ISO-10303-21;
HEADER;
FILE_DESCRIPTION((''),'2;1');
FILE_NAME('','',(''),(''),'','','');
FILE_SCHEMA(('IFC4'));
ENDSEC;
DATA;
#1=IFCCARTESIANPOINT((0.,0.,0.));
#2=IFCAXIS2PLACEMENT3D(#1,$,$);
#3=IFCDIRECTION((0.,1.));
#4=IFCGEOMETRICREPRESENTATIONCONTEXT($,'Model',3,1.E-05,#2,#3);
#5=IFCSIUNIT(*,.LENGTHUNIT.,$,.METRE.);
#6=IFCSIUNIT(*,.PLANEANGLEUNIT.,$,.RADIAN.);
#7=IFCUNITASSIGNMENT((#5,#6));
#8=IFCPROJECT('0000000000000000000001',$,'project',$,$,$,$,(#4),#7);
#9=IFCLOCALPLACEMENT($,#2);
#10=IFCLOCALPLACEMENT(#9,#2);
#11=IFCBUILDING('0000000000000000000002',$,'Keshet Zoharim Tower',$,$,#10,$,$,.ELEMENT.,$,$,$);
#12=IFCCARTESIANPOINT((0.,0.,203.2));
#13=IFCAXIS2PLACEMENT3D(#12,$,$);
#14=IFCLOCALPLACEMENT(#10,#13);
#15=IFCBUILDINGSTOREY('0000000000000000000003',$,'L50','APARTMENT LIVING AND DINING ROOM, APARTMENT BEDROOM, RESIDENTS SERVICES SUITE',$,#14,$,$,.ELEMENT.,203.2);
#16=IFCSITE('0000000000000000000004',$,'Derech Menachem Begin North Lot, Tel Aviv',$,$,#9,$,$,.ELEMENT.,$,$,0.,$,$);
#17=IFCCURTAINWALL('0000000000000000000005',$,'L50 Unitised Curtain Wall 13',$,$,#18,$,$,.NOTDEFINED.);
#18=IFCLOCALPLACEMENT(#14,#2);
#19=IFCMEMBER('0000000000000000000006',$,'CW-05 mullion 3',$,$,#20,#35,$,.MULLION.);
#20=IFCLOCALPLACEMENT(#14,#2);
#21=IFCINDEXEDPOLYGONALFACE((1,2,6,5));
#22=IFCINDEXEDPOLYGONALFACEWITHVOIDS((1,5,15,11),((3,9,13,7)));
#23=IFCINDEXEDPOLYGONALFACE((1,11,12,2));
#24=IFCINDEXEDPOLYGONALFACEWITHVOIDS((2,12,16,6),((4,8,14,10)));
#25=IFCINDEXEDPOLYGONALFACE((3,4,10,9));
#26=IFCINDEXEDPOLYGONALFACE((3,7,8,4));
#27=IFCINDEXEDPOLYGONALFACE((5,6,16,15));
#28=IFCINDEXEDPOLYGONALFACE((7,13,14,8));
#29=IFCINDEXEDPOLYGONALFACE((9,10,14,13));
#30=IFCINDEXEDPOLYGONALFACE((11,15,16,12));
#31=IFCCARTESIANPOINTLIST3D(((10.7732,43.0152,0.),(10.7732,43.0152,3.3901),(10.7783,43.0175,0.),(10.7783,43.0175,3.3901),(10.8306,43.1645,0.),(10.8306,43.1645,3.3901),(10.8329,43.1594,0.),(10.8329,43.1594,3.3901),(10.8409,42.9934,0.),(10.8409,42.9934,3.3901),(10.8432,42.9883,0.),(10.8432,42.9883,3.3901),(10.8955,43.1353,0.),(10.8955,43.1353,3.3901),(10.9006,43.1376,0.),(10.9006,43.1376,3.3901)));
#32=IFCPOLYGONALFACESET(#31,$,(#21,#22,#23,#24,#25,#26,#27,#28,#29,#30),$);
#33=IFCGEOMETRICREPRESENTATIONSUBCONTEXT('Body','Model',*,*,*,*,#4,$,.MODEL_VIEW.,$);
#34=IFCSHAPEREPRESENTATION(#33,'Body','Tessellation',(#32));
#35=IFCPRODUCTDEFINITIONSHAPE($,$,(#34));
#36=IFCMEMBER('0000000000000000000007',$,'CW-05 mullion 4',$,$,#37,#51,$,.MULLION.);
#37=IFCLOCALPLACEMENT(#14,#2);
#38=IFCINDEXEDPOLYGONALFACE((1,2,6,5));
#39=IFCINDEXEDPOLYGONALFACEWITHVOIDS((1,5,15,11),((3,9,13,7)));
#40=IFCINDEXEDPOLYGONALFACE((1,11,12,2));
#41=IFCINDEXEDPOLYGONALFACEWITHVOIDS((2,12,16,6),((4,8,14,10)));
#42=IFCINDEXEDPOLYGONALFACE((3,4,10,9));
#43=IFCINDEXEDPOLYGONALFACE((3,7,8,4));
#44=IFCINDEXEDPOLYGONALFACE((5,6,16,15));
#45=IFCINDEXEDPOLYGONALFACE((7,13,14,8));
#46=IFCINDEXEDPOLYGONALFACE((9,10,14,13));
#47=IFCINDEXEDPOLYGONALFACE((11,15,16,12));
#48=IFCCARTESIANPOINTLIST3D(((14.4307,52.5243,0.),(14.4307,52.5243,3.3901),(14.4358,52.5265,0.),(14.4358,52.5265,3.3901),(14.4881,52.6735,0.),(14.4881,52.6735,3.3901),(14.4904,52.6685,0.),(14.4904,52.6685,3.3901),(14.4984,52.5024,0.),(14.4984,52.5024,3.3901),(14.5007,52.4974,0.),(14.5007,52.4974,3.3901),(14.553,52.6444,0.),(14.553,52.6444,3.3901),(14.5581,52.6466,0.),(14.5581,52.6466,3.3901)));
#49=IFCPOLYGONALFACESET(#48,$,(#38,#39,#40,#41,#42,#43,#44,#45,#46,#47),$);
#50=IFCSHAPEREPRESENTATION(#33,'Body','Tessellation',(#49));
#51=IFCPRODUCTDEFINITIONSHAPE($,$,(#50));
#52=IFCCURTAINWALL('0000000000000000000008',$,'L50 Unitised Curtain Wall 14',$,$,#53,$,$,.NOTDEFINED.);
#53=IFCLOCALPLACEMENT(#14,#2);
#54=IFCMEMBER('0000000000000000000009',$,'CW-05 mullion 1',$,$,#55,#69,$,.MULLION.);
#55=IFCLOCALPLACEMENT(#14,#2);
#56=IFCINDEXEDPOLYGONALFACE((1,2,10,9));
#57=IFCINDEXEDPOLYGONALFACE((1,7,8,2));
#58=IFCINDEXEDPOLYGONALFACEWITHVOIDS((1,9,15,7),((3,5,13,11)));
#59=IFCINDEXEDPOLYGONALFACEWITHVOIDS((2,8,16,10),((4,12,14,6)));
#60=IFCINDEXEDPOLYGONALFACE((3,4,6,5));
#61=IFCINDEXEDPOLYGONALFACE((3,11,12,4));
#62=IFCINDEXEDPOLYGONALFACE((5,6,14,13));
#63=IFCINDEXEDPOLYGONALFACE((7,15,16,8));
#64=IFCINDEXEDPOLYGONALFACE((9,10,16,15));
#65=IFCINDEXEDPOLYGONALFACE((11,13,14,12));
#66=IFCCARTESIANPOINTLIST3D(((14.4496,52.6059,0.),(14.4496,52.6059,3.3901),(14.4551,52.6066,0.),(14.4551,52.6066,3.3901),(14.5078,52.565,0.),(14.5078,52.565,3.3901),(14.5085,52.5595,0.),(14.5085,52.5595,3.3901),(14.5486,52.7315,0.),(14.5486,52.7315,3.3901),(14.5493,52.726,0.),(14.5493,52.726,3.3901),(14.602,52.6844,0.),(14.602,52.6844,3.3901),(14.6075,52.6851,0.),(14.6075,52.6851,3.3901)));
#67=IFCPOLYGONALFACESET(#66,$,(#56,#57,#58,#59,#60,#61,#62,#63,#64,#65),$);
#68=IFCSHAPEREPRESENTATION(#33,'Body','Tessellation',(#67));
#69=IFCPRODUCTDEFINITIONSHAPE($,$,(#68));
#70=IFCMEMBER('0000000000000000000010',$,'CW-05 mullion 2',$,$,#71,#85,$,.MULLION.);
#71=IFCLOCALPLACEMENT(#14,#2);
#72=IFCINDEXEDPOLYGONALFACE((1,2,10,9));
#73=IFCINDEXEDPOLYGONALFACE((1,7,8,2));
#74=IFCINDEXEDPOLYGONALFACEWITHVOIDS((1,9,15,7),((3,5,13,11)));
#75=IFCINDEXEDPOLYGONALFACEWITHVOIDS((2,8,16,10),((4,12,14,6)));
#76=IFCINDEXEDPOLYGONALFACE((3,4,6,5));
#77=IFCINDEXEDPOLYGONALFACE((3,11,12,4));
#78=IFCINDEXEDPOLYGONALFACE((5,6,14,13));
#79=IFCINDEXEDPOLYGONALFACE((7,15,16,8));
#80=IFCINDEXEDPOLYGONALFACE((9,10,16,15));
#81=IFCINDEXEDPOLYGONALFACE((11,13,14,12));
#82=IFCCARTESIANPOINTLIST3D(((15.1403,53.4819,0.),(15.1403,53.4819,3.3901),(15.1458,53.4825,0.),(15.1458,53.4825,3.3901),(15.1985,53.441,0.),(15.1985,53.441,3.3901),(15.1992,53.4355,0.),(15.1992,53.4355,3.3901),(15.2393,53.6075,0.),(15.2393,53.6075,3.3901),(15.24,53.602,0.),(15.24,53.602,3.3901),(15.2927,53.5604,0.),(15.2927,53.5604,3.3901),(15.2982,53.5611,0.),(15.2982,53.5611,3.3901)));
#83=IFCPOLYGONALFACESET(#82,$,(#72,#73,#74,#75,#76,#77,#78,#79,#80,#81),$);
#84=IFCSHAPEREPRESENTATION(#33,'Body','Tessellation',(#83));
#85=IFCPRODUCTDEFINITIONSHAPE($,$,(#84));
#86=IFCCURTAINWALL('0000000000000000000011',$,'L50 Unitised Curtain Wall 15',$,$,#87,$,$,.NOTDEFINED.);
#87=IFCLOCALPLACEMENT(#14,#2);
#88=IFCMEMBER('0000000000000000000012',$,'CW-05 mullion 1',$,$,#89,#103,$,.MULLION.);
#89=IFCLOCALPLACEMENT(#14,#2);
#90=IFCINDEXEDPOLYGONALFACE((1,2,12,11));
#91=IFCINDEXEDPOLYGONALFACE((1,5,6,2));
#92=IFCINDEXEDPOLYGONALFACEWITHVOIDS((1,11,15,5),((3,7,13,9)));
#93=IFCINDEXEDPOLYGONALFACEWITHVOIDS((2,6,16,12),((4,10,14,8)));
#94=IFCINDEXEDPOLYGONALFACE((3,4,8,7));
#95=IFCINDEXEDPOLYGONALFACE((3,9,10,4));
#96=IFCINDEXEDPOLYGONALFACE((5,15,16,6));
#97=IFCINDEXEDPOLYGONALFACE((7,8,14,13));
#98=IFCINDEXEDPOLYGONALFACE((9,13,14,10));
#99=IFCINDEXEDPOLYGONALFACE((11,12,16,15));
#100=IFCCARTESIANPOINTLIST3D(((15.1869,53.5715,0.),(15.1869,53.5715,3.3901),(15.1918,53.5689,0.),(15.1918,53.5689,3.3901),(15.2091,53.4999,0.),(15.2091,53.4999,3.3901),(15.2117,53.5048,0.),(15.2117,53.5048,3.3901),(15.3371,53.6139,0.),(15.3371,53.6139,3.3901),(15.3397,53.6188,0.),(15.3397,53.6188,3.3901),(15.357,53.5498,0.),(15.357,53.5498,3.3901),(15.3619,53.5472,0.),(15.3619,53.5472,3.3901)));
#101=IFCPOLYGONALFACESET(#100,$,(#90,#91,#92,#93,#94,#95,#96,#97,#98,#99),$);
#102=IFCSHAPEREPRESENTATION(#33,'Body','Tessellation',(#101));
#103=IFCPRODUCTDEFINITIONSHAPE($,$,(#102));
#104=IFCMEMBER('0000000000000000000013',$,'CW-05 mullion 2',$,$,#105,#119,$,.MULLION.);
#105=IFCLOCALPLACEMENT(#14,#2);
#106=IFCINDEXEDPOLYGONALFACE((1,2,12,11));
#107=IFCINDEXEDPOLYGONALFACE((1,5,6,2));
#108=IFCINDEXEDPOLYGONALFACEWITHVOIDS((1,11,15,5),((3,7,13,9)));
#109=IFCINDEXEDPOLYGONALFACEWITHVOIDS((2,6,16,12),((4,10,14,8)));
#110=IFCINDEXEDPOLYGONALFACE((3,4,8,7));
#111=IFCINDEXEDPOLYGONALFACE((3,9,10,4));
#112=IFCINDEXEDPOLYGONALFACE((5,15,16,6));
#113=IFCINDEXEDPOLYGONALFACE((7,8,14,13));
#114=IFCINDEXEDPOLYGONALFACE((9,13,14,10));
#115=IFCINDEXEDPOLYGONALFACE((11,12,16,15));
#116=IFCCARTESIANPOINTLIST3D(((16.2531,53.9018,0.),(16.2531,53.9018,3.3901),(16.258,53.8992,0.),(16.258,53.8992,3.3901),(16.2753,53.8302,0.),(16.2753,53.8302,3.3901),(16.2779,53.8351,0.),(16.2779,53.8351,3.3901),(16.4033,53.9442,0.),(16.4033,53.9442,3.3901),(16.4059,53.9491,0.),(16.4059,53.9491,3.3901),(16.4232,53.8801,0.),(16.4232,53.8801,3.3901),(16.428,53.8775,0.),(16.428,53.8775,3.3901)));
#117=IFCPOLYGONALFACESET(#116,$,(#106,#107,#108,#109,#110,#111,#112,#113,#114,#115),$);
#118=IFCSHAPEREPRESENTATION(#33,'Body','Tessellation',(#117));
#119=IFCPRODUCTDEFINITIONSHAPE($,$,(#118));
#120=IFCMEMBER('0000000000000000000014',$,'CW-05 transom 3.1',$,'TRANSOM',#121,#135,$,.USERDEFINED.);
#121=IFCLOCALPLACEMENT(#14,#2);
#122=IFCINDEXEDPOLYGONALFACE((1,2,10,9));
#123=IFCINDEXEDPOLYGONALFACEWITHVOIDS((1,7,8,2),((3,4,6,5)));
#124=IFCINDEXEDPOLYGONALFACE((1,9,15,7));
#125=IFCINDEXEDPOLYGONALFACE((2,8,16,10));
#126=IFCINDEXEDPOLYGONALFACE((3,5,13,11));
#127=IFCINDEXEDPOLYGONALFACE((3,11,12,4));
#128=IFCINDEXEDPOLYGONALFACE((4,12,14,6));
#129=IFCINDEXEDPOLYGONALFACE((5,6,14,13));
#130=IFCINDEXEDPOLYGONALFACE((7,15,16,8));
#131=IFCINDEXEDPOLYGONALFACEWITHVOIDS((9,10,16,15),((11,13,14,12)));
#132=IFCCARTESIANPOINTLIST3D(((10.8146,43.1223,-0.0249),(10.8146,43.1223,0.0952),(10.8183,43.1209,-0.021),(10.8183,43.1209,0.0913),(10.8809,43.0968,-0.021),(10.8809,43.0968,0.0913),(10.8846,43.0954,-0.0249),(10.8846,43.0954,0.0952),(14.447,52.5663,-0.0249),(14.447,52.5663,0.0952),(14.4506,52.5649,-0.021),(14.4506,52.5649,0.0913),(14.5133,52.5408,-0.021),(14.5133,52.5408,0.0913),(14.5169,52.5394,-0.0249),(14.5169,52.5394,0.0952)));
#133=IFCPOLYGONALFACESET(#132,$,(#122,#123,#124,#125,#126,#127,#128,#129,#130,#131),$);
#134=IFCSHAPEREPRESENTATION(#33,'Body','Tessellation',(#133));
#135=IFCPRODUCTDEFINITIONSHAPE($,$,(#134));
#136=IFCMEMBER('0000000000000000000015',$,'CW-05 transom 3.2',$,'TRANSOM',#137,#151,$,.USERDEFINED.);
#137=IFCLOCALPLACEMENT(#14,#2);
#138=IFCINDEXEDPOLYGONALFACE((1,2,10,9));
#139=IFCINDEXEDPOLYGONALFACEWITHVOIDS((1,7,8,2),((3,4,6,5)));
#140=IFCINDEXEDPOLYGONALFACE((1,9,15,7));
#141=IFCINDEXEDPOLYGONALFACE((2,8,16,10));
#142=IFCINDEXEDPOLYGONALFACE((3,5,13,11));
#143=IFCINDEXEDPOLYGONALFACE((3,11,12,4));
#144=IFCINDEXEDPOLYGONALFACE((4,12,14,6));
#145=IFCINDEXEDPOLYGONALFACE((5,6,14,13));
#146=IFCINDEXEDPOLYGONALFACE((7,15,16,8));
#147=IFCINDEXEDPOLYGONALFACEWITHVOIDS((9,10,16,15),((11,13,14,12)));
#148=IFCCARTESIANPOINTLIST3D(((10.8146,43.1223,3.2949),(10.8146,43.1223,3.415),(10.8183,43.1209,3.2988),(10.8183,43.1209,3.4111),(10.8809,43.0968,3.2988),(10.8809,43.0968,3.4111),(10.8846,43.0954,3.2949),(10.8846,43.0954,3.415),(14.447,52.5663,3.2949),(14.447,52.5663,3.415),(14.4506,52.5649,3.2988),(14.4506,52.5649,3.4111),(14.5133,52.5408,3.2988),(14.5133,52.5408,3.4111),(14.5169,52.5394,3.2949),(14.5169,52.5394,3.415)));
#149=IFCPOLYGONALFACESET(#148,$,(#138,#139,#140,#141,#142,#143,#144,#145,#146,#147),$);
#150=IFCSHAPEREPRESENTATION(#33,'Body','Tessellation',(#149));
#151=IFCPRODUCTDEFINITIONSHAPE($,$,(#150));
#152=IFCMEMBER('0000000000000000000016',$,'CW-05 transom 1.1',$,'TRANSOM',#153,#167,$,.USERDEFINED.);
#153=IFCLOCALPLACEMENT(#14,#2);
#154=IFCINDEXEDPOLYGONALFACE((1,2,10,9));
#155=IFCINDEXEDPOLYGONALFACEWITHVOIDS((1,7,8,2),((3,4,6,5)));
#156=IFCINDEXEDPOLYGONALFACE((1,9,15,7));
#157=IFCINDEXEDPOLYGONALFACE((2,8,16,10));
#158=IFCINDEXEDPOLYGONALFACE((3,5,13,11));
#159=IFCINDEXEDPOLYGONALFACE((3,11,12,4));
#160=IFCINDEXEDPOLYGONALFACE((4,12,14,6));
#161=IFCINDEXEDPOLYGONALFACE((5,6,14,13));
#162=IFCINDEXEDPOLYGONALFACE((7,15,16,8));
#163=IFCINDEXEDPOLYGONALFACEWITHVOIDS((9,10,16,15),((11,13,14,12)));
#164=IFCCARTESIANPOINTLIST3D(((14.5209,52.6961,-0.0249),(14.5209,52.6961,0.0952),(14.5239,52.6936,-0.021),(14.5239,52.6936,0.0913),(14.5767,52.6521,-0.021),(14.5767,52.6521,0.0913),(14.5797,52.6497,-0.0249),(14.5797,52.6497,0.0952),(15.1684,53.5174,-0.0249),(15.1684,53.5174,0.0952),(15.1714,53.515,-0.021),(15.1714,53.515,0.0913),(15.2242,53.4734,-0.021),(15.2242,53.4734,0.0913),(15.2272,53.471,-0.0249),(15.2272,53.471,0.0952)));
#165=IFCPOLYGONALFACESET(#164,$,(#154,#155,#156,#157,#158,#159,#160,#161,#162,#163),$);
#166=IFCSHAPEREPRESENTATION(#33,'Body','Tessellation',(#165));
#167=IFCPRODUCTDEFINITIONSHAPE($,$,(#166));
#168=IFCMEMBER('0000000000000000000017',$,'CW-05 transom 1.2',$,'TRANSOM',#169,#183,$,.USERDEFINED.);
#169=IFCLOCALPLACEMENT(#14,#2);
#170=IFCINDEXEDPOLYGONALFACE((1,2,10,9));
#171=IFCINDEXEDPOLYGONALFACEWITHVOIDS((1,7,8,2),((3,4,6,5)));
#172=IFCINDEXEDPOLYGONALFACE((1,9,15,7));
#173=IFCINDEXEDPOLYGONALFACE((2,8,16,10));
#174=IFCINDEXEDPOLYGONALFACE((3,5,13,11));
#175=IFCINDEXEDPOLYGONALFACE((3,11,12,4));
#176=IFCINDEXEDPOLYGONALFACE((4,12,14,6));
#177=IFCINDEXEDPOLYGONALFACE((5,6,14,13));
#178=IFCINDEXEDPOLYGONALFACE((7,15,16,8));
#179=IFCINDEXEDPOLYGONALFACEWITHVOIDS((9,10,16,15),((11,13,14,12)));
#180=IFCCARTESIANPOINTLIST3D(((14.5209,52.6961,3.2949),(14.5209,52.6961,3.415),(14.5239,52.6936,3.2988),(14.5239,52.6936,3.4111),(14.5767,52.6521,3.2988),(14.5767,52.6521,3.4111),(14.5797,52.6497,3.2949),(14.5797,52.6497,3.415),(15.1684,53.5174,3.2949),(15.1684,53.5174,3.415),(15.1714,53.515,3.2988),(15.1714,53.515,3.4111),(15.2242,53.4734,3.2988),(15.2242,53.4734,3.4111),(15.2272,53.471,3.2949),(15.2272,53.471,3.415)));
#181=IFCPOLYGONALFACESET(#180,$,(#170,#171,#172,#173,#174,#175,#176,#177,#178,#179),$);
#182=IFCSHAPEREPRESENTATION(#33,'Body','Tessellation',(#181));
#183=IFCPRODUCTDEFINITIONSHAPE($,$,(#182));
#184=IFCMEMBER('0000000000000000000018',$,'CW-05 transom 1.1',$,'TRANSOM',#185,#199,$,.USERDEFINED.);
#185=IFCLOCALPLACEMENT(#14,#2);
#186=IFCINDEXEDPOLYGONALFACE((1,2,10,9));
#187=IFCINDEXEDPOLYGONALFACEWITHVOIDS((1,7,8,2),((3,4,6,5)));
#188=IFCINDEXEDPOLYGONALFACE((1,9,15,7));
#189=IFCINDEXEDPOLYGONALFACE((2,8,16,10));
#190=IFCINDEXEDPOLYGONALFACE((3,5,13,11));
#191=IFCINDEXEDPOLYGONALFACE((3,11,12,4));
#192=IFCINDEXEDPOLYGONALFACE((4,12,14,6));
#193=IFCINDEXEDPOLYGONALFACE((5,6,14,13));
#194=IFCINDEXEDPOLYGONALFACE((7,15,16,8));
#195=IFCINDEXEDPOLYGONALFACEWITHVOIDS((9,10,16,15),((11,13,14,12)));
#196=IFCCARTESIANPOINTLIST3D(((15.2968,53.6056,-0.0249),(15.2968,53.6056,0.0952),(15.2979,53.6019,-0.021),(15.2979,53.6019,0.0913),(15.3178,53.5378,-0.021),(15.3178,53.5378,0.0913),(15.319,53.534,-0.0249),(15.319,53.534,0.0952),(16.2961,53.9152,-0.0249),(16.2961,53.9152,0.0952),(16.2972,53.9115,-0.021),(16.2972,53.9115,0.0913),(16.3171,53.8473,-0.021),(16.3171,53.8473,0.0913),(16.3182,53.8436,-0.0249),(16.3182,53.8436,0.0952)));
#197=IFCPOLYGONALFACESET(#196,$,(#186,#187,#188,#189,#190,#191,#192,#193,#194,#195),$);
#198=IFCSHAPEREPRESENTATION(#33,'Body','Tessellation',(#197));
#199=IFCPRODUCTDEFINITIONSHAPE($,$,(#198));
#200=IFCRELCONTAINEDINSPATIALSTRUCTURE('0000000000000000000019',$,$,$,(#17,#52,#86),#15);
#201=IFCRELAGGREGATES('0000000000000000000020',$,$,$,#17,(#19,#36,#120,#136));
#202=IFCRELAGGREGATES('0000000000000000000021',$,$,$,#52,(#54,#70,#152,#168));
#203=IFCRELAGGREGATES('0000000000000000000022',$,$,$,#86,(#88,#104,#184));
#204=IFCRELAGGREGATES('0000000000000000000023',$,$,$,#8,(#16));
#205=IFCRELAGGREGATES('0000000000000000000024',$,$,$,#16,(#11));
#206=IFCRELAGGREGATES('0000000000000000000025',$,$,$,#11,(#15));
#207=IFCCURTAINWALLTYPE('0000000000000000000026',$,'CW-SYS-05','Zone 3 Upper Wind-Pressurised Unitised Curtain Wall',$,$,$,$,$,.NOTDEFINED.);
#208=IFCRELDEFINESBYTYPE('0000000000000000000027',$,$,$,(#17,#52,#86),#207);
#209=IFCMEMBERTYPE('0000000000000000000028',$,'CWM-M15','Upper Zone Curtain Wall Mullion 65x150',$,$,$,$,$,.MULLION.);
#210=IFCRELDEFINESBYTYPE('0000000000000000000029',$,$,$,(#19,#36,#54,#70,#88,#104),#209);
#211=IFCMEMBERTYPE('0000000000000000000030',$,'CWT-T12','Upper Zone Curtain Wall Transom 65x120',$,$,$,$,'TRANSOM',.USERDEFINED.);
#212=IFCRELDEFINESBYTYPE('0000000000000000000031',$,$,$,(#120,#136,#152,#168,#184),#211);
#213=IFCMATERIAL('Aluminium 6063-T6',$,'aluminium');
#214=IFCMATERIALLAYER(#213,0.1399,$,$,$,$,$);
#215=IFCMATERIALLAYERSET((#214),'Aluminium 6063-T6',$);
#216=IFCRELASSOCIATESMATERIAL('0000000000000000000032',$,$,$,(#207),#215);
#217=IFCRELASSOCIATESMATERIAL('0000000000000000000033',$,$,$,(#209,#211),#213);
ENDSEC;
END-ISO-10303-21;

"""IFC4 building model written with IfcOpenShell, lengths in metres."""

from ifc_helpers import new_model, si_unit, direction, frame, origin, origin_2d, place, context, subcontext, project, spatial, hollow_rectangle, extrude, material, layer, layer_set, material_profile, profile_set, type_object, element, aggregate, save


model = new_model("IFC4")

# Units and contexts
model_context = context("Model", 3, precision=1e-05, world=origin(), true_north=direction((0.0, 1.0)))
body_context = subcontext(model_context, "Body", "Model", "MODEL_VIEW")
ifc_project = project(units=[si_unit("LENGTHUNIT", "METRE"), si_unit("PLANEANGLEUNIT", "RADIAN")], contexts=[model_context])

# Site, building, storey
site_placement = place(None, origin())
site = spatial("IfcSite", under=ifc_project, at=site_placement, Name="Derech Menachem Begin North Lot, Tel Aviv", CompositionType="ELEMENT", RefElevation=0.0)
building_placement = place(site_placement, origin())
building = spatial("IfcBuilding", under=site, at=building_placement, Name="Keshet Zoharim Tower", CompositionType="ELEMENT")
storey_placement = place(building_placement, frame((0.0, 0.0, 203.2)))
storey = spatial("IfcBuildingStorey", under=building, at=storey_placement, Name="L50", Description="APARTMENT LIVING AND DINING ROOM, APARTMENT BEDROOM, RESIDENTS SERVICES SUITE", CompositionType="ELEMENT", Elevation=203.2)

# Curtain walls, members
ifc_material_1 = material(Name="Aluminium 6063-T6", Category="aluminium")
ifc_layer_1 = layer(ifc_material_1, 0.1399)
ifc_layer_set_1 = layer_set([ifc_layer_1], Name="Aluminium 6063-T6")
curtain_wall_type = type_object("IfcCurtainWallType", Name="CW-SYS-05", Description="Zone 3 Upper Wind-Pressurised Unitised Curtain Wall", PredefinedType="NOTDEFINED", material=ifc_layer_set_1)
curtain_wall_1_placement = place(storey_placement, origin())
curtain_wall_1 = element("IfcCurtainWall", 1, at=curtain_wall_1_placement, inside=storey, type_object=curtain_wall_type, Name="L50 Unitised Curtain Wall 13", PredefinedType="NOTDEFINED")
ifc_material_profile_1 = material_profile(ifc_material_1, hollow_rectangle(XDim=0.075, YDim=0.1599, WallThickness=0.0039, at=origin_2d()), Name="MUL-75x160")
ifc_profile_set_1 = profile_set([ifc_material_profile_1], Name="Aluminium 6063-T6")
member_type_1 = type_object("IfcMemberType", Name="CWM-M15", Description="Upper Zone Curtain Wall Mullion 65x150", PredefinedType="MULLION", material=ifc_profile_set_1)
member_1_placement = place(storey_placement, frame((10.8369, 43.0764, 0.0), z_axis=(0.0, 0.0, 1.0), x_axis=(-0.933341, 0.35899, 0.0)))
member_1 = element("IfcMember", 2, at=member_1_placement, type_object=member_type_1, Name="CW-05 mullion 3", PredefinedType="MULLION", context=body_context, shape_type="SweptSolid", body=[
    extrude(hollow_rectangle(XDim=0.075, YDim=0.1599, WallThickness=0.0039, at=origin_2d()), origin(), (0.0, 0.0, 1.0), 3.3901),
])
member_2_placement = place(storey_placement, frame((14.4944, 52.5854, 0.0), z_axis=(0.0, 0.0, 1.0), x_axis=(-0.933341, 0.35899, 0.0)))
member_2 = element("IfcMember", 3, at=member_2_placement, type_object=member_type_1, Name="CW-05 mullion 4", PredefinedType="MULLION", context=body_context, shape_type="SweptSolid", body=[
    extrude(hollow_rectangle(XDim=0.075, YDim=0.1599, WallThickness=0.0039, at=origin_2d()), origin(), (0.0, 0.0, 1.0), 3.3901),
])
curtain_wall_2_placement = place(storey_placement, origin())
curtain_wall_2 = element("IfcCurtainWall", 4, at=curtain_wall_2_placement, inside=storey, type_object=curtain_wall_type, Name="L50 Unitised Curtain Wall 14", PredefinedType="NOTDEFINED")
member_3_placement = place(storey_placement, frame((14.5286, 52.6455, 0.0), z_axis=(0.0, 0.0, 1.0), x_axis=(-0.785293, 0.619125, 0.0)))
member_3 = element("IfcMember", 5, at=member_3_placement, type_object=member_type_1, Name="CW-05 mullion 1", PredefinedType="MULLION", context=body_context, shape_type="SweptSolid", body=[
    extrude(hollow_rectangle(XDim=0.075, YDim=0.1599, WallThickness=0.0039, at=origin_2d()), origin(), (0.0, 0.0, 1.0), 3.3901),
])
member_4_placement = place(storey_placement, frame((15.2192, 53.5215, 0.0), z_axis=(0.0, 0.0, 1.0), x_axis=(-0.785293, 0.619125, 0.0)))
member_4 = element("IfcMember", 6, at=member_4_placement, type_object=member_type_1, Name="CW-05 mullion 2", PredefinedType="MULLION", context=body_context, shape_type="SweptSolid", body=[
    extrude(hollow_rectangle(XDim=0.075, YDim=0.1599, WallThickness=0.0039, at=origin_2d()), origin(), (0.0, 0.0, 1.0), 3.3901),
])
curtain_wall_3_placement = place(storey_placement, origin())
curtain_wall_3 = element("IfcCurtainWall", 7, at=curtain_wall_3_placement, inside=storey, type_object=curtain_wall_type, Name="L50 Unitised Curtain Wall 15", PredefinedType="NOTDEFINED")
member_5_placement = place(storey_placement, frame((15.2744, 53.5593, 0.0), z_axis=(0.0, 0.0, 1.0), x_axis=(-0.295922, 0.955212, 0.0)))
member_5 = element("IfcMember", 8, at=member_5_placement, type_object=member_type_1, Name="CW-05 mullion 1", PredefinedType="MULLION", context=body_context, shape_type="SweptSolid", body=[
    extrude(hollow_rectangle(XDim=0.075, YDim=0.1599, WallThickness=0.0039, at=origin_2d()), origin(), (0.0, 0.0, 1.0), 3.3901),
])
member_6_placement = place(storey_placement, frame((16.3406, 53.8896, 0.0), z_axis=(0.0, 0.0, 1.0), x_axis=(-0.295922, 0.955212, 0.0)))
member_6 = element("IfcMember", 9, at=member_6_placement, type_object=member_type_1, Name="CW-05 mullion 2", PredefinedType="MULLION", context=body_context, shape_type="SweptSolid", body=[
    extrude(hollow_rectangle(XDim=0.075, YDim=0.1599, WallThickness=0.0039, at=origin_2d()), origin(), (0.0, 0.0, 1.0), 3.3901),
])

# Members
ifc_material_profile_2 = material_profile(ifc_material_1, hollow_rectangle(XDim=0.075, YDim=0.1201, WallThickness=0.0039, at=origin_2d()), Name="TRN-75x120")
ifc_profile_set_2 = profile_set([ifc_material_profile_2], Name="Aluminium 6063-T6")
member_type_2 = type_object("IfcMemberType", Name="CWT-T12", Description="Upper Zone Curtain Wall Transom 65x120", ElementType="TRANSOM", PredefinedType="USERDEFINED", material=ifc_profile_set_2)
member_7_placement = place(storey_placement, frame((10.8496, 43.1089, 0.0352), z_axis=(0.358986, 0.933343, 0.0), x_axis=(-0.933343, 0.358986, 0.0)))
member_7 = element("IfcMember", 10, at=member_7_placement, type_object=member_type_2, Name="CW-05 transom 3.1", ObjectType="TRANSOM", PredefinedType="USERDEFINED", context=body_context, shape_type="SweptSolid", body=[
    extrude(hollow_rectangle(XDim=0.075, YDim=0.1201, WallThickness=0.0039, at=origin_2d()), origin(), (0.0, 0.0, 1.0), 10.1184),
])
member_8_placement = place(storey_placement, frame((10.8496, 43.1089, 3.355), z_axis=(0.358986, 0.933343, 0.0), x_axis=(-0.933343, 0.358986, 0.0)))
member_8 = element("IfcMember", 11, at=member_8_placement, type_object=member_type_2, Name="CW-05 transom 3.2", ObjectType="TRANSOM", PredefinedType="USERDEFINED", context=body_context, shape_type="SweptSolid", body=[
    extrude(hollow_rectangle(XDim=0.075, YDim=0.1201, WallThickness=0.0039, at=origin_2d()), origin(), (0.0, 0.0, 1.0), 10.1184),
])
member_9_placement = place(storey_placement, frame((14.5503, 52.6729, 0.0352), z_axis=(0.619099, 0.785313, 0.0), x_axis=(-0.785313, 0.619099, 0.0)))
member_9 = element("IfcMember", 12, at=member_9_placement, type_object=member_type_2, Name="CW-05 transom 1.1", ObjectType="TRANSOM", PredefinedType="USERDEFINED", context=body_context, shape_type="SweptSolid", body=[
    extrude(hollow_rectangle(XDim=0.075, YDim=0.1201, WallThickness=0.0039, at=origin_2d()), origin(), (0.0, 0.0, 1.0), 1.0459),
])
member_10_placement = place(storey_placement, frame((14.5503, 52.6729, 3.355), z_axis=(0.619099, 0.785313, 0.0), x_axis=(-0.785313, 0.619099, 0.0)))
member_10 = element("IfcMember", 13, at=member_10_placement, type_object=member_type_2, Name="CW-05 transom 1.2", ObjectType="TRANSOM", PredefinedType="USERDEFINED", context=body_context, shape_type="SweptSolid", body=[
    extrude(hollow_rectangle(XDim=0.075, YDim=0.1201, WallThickness=0.0039, at=origin_2d()), origin(), (0.0, 0.0, 1.0), 1.0459),
])
member_11_placement = place(storey_placement, frame((15.3079, 53.5698, 0.0352), z_axis=(0.955212, 0.295922, 0.0), x_axis=(-0.295922, 0.955212, 0.0)))
member_11 = element("IfcMember", 14, at=member_11_placement, type_object=member_type_2, Name="CW-05 transom 1.1", ObjectType="TRANSOM", PredefinedType="USERDEFINED", context=body_context, shape_type="SweptSolid", body=[
    extrude(hollow_rectangle(XDim=0.075, YDim=0.1201, WallThickness=0.0039, at=origin_2d()), origin(), (0.0, 0.0, 1.0), 1.0461),
])

aggregate(curtain_wall_1, [member_1, member_2, member_7, member_8])
aggregate(curtain_wall_2, [member_3, member_4, member_9, member_10])
aggregate(curtain_wall_3, [member_5, member_6, member_11])

save(model, "model.ifc")
